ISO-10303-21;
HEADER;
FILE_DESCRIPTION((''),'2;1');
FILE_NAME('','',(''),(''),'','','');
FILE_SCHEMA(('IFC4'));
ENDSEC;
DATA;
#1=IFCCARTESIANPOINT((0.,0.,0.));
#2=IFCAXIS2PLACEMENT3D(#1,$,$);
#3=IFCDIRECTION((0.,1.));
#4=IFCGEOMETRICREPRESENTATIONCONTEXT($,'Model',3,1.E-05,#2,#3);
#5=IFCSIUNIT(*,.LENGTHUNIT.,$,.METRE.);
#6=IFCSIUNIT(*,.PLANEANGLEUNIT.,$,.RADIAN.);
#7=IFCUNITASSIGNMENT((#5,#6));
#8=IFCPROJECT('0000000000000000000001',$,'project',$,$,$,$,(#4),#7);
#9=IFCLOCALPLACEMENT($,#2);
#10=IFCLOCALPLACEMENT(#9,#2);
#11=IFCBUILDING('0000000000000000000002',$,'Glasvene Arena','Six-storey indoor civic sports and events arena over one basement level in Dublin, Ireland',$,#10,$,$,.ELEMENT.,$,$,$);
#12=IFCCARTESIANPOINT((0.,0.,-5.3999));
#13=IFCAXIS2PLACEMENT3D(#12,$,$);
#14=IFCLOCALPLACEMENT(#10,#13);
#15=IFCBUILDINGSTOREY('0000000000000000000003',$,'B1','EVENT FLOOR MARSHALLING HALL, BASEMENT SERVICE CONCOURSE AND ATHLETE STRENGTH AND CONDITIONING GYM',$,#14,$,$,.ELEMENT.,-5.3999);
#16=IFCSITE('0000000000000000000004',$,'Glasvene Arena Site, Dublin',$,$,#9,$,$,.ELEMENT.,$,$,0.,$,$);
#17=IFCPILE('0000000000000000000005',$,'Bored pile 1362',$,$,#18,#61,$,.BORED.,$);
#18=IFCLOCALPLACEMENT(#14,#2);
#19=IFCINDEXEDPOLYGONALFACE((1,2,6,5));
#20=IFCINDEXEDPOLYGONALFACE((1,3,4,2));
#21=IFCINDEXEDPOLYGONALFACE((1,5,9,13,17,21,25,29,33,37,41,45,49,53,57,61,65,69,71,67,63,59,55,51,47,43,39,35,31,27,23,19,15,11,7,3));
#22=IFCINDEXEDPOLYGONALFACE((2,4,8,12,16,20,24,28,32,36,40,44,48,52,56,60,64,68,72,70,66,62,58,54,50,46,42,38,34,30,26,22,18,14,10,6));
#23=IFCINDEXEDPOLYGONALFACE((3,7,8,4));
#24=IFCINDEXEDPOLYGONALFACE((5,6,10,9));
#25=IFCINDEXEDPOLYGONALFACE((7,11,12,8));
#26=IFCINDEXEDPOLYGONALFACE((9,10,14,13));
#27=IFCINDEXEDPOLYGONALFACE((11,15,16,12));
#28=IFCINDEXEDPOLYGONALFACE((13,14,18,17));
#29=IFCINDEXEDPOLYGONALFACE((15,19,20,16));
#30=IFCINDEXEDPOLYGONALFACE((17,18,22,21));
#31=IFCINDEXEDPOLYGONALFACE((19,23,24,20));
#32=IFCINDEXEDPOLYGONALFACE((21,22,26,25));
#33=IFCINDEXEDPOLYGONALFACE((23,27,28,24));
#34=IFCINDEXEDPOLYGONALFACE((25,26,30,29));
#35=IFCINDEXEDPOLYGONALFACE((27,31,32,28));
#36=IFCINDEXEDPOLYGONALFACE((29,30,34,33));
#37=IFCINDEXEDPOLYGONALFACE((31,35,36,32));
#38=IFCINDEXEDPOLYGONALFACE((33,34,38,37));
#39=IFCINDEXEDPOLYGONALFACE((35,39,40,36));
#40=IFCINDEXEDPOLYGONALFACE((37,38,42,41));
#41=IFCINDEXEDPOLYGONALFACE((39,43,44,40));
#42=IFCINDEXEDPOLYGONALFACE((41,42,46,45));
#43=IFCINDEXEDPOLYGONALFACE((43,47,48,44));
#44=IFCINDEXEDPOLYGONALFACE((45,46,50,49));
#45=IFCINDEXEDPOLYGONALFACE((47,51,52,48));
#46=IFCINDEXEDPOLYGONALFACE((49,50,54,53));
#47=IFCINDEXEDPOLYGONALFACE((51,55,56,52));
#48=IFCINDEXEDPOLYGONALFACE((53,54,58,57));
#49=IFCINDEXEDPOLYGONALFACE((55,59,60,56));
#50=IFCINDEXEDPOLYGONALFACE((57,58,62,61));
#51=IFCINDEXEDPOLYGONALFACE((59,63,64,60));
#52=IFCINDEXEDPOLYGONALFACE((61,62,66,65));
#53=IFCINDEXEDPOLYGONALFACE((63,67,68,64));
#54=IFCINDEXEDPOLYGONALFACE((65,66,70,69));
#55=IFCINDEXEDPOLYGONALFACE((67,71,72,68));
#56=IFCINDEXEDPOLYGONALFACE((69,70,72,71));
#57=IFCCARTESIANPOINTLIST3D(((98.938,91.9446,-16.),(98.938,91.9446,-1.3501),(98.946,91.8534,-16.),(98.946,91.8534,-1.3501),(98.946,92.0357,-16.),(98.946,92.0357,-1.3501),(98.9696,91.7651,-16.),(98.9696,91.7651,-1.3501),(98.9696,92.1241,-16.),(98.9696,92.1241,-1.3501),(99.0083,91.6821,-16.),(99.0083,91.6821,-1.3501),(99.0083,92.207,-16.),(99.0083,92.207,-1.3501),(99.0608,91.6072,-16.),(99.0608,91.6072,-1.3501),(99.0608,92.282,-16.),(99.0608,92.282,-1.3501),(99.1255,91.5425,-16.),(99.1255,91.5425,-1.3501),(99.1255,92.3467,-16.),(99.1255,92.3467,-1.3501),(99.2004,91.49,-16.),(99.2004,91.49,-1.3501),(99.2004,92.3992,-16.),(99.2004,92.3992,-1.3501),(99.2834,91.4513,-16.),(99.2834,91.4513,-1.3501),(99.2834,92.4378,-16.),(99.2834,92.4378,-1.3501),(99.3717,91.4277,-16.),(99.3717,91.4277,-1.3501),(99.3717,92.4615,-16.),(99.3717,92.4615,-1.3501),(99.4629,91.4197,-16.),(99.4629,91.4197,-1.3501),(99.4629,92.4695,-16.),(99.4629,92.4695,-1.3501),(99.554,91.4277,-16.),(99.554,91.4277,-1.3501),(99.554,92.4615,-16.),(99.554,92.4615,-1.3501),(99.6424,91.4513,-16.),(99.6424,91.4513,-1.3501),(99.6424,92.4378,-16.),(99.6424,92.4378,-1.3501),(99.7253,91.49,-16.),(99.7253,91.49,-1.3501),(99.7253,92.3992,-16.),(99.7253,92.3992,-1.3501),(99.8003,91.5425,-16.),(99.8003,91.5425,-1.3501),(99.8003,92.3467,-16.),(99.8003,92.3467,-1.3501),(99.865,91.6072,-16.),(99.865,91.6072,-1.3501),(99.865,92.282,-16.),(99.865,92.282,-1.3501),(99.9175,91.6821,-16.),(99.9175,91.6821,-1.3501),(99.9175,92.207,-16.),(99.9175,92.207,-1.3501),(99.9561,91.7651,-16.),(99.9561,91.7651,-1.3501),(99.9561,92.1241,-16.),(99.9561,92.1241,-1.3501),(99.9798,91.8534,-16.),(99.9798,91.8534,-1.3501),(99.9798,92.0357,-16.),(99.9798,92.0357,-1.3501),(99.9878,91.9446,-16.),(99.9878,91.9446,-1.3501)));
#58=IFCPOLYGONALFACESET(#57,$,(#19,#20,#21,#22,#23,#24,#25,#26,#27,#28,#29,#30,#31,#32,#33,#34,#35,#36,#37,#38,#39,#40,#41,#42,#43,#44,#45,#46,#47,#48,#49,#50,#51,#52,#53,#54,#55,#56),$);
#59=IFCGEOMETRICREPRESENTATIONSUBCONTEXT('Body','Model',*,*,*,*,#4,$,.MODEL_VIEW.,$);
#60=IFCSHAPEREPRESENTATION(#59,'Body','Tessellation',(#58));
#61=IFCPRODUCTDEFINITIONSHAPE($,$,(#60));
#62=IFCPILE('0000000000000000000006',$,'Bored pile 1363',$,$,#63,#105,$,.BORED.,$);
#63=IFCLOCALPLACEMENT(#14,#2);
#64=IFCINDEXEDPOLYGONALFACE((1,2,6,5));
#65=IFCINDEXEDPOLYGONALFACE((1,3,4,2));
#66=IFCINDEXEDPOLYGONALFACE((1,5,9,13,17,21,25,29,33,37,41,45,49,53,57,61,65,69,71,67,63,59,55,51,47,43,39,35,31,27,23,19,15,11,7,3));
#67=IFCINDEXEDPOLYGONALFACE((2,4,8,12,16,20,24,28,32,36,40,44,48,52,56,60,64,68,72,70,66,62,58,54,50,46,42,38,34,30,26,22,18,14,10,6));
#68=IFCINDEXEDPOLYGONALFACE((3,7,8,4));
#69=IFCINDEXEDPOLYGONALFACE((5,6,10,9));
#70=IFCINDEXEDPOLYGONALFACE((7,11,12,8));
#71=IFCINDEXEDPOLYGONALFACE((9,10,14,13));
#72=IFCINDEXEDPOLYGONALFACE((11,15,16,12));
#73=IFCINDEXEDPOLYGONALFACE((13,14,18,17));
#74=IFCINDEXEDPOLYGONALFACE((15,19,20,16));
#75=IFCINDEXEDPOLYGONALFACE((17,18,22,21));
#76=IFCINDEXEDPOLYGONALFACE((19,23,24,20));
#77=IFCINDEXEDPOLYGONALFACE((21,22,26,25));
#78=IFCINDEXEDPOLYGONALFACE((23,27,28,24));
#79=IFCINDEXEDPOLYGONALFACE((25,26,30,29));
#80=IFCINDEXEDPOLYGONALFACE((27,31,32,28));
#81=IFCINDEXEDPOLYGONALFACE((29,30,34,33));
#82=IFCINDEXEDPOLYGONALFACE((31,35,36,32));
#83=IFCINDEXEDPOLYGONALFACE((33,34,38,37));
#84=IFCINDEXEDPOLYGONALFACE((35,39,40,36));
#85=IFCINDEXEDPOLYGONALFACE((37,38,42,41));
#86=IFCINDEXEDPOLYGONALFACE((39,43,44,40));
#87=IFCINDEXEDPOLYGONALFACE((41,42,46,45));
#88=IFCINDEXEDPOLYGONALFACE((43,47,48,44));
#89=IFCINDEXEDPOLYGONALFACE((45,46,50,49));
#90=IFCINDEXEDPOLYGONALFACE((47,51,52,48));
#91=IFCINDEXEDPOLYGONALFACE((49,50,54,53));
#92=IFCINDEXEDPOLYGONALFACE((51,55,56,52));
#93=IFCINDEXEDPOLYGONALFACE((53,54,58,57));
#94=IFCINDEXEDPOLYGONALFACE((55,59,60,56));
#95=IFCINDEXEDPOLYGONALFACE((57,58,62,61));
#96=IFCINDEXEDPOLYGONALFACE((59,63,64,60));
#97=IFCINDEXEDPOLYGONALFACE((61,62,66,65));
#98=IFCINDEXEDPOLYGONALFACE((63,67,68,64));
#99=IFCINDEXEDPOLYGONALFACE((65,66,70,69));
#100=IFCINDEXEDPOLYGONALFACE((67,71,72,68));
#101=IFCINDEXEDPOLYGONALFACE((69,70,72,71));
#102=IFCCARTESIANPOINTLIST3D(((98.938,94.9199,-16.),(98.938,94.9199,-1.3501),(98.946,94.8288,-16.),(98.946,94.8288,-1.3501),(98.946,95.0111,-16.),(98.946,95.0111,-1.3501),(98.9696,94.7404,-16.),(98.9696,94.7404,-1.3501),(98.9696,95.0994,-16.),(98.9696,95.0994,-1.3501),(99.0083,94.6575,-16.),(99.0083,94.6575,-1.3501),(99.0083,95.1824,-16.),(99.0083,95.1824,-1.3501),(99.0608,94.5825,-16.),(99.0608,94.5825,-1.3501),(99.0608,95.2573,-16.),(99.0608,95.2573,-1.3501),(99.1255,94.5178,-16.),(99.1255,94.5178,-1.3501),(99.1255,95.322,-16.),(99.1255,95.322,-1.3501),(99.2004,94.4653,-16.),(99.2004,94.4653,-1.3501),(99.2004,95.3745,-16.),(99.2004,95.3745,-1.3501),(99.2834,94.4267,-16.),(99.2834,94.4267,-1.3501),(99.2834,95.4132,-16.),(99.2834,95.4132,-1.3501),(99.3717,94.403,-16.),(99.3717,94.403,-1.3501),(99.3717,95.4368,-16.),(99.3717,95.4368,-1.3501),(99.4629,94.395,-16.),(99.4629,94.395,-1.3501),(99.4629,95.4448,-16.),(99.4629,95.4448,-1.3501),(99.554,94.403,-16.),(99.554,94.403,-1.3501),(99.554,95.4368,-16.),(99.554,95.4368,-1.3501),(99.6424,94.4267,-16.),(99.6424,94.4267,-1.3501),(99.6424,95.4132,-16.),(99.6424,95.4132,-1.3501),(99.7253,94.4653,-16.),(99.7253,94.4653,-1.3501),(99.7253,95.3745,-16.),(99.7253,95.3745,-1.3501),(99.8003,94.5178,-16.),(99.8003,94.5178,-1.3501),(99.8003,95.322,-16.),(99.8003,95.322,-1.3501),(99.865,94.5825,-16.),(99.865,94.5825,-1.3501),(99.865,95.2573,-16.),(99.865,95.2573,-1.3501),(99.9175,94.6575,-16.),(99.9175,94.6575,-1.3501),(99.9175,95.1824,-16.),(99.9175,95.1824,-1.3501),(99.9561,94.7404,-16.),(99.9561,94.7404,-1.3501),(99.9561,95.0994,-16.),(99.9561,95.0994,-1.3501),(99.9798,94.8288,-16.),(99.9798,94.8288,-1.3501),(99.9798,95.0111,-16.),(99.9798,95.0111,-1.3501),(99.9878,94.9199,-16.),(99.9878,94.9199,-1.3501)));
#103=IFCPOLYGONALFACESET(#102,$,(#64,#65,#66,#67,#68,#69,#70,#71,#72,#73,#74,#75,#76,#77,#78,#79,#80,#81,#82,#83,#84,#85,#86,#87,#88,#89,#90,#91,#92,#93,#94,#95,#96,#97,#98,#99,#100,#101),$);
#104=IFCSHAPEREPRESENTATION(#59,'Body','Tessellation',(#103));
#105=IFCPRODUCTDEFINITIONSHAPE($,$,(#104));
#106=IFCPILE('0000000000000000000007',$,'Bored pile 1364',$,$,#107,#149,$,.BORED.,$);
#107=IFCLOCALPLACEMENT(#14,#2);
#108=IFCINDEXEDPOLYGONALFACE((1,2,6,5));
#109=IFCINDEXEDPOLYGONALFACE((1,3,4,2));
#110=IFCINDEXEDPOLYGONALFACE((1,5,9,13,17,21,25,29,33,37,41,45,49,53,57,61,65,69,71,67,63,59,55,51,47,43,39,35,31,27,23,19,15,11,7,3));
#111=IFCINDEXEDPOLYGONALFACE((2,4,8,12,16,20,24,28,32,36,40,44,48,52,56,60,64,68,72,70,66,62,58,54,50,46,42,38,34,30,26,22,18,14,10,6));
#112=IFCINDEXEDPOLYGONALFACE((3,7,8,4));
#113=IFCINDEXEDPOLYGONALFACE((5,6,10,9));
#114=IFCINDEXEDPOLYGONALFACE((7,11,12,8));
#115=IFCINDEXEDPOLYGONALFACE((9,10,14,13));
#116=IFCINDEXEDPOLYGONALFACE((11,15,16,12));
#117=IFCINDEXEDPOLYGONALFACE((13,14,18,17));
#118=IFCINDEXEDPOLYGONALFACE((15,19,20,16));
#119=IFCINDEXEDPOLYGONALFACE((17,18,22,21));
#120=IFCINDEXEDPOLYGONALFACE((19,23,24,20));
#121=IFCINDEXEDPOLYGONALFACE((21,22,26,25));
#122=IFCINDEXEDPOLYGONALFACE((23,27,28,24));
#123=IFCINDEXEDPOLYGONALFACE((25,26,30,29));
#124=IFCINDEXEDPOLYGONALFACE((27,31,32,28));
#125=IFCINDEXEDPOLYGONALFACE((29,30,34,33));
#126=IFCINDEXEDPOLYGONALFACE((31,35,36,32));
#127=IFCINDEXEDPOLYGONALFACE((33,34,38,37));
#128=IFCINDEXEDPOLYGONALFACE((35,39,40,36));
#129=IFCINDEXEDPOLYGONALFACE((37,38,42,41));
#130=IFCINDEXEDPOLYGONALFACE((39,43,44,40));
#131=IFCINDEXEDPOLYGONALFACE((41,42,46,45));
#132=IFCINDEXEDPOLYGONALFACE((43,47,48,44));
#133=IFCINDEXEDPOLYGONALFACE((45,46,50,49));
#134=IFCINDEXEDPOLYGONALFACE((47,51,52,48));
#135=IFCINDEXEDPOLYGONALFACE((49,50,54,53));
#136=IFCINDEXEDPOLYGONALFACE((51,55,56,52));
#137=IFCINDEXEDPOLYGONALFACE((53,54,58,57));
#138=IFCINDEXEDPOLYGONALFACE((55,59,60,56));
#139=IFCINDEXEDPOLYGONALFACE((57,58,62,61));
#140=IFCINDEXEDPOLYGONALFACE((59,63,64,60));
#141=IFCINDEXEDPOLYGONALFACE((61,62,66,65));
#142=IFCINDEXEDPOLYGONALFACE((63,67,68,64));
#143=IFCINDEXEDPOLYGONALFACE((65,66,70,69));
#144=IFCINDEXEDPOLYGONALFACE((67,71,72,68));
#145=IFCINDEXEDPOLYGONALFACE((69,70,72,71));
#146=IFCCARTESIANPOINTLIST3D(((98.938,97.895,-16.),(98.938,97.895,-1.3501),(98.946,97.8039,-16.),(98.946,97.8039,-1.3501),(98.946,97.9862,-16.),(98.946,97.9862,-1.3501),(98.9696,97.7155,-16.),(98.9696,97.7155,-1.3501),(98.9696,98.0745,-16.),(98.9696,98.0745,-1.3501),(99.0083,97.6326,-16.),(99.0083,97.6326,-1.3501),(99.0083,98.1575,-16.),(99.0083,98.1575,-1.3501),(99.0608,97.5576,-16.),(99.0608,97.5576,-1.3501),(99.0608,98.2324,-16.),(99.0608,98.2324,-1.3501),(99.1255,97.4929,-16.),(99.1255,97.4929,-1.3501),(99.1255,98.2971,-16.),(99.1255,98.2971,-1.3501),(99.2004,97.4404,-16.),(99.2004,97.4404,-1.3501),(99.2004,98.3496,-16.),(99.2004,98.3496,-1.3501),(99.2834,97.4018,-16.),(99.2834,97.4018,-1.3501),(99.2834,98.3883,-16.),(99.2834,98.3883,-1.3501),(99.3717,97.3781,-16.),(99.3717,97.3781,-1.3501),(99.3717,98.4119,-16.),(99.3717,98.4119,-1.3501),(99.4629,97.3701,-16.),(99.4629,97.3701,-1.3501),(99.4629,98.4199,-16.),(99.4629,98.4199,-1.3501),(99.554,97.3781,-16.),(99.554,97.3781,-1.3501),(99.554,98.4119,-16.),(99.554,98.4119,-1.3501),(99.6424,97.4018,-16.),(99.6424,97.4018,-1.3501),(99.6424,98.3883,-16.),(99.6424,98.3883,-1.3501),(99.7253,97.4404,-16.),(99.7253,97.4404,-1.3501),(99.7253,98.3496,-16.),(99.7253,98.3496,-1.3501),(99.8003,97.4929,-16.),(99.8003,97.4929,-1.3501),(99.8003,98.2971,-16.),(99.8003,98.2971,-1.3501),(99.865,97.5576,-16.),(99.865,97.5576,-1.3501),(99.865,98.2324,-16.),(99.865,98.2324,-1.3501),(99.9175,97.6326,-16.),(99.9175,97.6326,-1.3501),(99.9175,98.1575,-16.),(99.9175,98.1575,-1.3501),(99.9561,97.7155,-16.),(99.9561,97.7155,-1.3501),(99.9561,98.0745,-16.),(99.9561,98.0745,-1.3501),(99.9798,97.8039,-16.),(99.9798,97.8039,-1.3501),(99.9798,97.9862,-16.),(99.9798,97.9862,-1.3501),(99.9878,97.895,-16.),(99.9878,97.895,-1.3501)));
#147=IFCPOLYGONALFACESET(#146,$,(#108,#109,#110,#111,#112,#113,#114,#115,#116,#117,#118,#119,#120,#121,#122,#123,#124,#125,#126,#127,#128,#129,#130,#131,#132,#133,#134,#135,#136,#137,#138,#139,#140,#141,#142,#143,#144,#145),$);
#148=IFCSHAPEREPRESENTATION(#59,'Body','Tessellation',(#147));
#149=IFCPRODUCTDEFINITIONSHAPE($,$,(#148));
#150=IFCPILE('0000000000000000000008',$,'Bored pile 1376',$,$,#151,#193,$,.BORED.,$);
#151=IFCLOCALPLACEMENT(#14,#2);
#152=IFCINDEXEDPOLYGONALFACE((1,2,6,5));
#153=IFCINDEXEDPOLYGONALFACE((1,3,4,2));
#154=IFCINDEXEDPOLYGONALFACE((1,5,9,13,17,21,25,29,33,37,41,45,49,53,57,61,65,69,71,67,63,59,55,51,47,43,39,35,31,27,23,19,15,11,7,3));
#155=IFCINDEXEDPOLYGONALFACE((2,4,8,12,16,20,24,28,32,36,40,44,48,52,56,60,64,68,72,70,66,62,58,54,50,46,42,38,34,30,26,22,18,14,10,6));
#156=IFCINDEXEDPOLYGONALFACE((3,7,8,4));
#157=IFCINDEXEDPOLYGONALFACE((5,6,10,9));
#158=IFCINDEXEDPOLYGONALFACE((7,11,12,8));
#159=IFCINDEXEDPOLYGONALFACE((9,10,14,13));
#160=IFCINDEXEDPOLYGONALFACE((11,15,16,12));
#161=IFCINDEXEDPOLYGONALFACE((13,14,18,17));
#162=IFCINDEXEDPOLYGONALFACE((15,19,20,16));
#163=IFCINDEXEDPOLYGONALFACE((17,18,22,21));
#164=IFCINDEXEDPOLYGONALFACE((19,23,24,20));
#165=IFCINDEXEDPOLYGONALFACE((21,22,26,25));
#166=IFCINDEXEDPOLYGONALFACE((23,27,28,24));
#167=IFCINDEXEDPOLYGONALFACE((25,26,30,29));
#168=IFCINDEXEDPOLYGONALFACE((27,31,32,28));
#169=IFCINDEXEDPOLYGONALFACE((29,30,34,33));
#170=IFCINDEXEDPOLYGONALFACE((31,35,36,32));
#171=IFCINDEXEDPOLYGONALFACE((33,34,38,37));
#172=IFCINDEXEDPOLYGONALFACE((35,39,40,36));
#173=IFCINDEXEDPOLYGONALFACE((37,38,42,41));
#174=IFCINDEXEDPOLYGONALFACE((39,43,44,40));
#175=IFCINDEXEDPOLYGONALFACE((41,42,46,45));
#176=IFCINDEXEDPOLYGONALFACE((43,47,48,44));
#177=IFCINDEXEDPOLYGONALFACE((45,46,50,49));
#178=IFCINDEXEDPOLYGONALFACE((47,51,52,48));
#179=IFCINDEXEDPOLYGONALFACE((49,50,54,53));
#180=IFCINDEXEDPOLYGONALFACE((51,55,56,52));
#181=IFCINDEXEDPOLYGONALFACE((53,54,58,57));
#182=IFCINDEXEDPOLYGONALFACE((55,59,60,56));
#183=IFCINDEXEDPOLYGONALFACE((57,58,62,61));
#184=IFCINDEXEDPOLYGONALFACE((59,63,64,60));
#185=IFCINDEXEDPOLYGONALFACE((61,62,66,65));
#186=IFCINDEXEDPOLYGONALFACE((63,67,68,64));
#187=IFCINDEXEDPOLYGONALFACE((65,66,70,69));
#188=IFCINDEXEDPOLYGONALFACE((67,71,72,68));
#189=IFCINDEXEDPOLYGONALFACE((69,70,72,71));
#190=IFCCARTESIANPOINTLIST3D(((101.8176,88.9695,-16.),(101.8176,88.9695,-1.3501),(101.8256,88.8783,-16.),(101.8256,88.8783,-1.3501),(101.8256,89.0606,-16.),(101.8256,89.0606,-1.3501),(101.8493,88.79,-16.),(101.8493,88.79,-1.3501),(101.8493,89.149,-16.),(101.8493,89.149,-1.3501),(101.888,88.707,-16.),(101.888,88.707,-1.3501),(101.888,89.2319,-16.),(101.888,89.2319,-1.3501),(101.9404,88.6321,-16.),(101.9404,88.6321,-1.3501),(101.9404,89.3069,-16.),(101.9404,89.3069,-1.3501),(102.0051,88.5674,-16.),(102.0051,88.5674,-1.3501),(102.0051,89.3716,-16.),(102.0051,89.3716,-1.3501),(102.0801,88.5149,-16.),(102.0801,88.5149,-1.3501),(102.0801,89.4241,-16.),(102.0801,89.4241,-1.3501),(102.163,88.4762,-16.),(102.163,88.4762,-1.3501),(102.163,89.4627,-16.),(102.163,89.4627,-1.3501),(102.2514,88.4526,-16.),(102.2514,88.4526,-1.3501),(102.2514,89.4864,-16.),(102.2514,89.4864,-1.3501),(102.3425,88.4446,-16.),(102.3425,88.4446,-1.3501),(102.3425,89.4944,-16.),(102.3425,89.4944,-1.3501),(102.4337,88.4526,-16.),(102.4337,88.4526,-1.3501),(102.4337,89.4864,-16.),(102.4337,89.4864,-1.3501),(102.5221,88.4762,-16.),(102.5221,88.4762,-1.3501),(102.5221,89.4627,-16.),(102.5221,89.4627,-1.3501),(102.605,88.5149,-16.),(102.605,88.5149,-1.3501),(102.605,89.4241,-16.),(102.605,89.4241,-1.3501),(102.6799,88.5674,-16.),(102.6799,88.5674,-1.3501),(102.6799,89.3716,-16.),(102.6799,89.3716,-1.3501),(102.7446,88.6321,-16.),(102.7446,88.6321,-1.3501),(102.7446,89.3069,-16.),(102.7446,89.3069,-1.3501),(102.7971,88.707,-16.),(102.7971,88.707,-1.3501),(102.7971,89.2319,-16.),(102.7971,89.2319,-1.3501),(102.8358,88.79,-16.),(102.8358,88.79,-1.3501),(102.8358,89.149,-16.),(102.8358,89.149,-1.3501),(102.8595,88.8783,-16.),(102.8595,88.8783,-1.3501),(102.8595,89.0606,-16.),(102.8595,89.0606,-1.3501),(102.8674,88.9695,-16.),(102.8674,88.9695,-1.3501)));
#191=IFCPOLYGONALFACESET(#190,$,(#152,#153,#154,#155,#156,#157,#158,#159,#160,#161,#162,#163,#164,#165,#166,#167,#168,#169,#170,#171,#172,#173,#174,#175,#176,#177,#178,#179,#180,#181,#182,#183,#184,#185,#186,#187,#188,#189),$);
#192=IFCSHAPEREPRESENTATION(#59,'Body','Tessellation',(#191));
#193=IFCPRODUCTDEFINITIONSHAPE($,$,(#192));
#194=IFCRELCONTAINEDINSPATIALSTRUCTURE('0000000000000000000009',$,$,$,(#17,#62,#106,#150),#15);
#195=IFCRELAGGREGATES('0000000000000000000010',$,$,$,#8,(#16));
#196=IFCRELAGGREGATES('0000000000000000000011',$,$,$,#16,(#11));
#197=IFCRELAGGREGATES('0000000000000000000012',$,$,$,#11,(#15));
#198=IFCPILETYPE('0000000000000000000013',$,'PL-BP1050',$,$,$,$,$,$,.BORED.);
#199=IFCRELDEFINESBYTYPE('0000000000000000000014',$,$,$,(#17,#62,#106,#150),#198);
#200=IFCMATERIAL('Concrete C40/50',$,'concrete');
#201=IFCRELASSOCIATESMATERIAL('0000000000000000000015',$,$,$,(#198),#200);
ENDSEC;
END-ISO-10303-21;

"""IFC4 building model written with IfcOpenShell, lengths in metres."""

from ifc_helpers import new_model, si_unit, direction, frame, origin, origin_2d, place, context, subcontext, project, spatial, circle, extrude, material, material_profile, profile_set, type_object, element, save


model = new_model("IFC4")

# Units and contexts
model_context = context("Model", 3, precision=1e-05, world=origin(), true_north=direction((0.0, 1.0)))
body_context = subcontext(model_context, "Body", "Model", "MODEL_VIEW")
ifc_project = project(units=[si_unit("LENGTHUNIT", "METRE"), si_unit("PLANEANGLEUNIT", "RADIAN")], contexts=[model_context])

# Site, building, storey
site_placement = place(None, origin())
site = spatial("IfcSite", under=ifc_project, at=site_placement, Name="Glasvene Arena Site, Dublin", CompositionType="ELEMENT", RefElevation=0.0)
building_placement = place(site_placement, origin())
building = spatial("IfcBuilding", under=site, at=building_placement, Name="Glasvene Arena", Description="Six-storey indoor civic sports and events arena over one basement level in Dublin, Ireland", CompositionType="ELEMENT")
storey_placement = place(building_placement, frame((0.0, 0.0, -5.3999)))
storey = spatial("IfcBuildingStorey", under=building, at=storey_placement, Name="B1", Description="EVENT FLOOR MARSHALLING HALL, BASEMENT SERVICE CONCOURSE AND ATHLETE STRENGTH AND CONDITIONING GYM", CompositionType="ELEMENT", Elevation=-5.3999)

# Shared definitions
ifc_material_1 = material(Name="Concrete C40/50", Category="concrete")

# Piles
ifc_material_profile_1 = material_profile(ifc_material_1, circle(Radius=0.5249, at=origin_2d()), Name="BORED PILE 1050")
ifc_profile_set_1 = profile_set([ifc_material_profile_1], Name="Concrete C40/50")
pile_type_1 = type_object("IfcPileType", Name="PL-BP1050", PredefinedType="BORED", material=ifc_profile_set_1)
for number, where, z_axis, x_axis, name in (
    (1, (99.4629, 91.9446, -1.3501), (0.0, 0.0, -1.0), (1.0, 0.0, 0.0), "Bored pile 1362"),
    (2, (99.4629, 94.9199, -1.3501), (0.0, 0.0, -1.0), (1.0, 0.0, 0.0), "Bored pile 1363"),
    (3, (99.4629, 97.895, -1.3501), (0.0, 0.0, -1.0), (1.0, 0.0, 0.0), "Bored pile 1364"),
    (4, (102.3425, 88.9695, -1.3501), (0.0, 0.0, -1.0), (1.0, 0.0, 0.0), "Bored pile 1376"),
):
    element("IfcPile", number, at=place(storey_placement, frame(where, z_axis=z_axis, x_axis=x_axis)), inside=storey, type_object=pile_type_1, Name=name, PredefinedType="BORED", context=body_context, shape_type="SweptSolid", body=[
        extrude(circle(Radius=0.5249, at=origin_2d()), origin(), (0.0, 0.0, 1.0), 14.6499),
    ])

save(model, "model.ifc")
